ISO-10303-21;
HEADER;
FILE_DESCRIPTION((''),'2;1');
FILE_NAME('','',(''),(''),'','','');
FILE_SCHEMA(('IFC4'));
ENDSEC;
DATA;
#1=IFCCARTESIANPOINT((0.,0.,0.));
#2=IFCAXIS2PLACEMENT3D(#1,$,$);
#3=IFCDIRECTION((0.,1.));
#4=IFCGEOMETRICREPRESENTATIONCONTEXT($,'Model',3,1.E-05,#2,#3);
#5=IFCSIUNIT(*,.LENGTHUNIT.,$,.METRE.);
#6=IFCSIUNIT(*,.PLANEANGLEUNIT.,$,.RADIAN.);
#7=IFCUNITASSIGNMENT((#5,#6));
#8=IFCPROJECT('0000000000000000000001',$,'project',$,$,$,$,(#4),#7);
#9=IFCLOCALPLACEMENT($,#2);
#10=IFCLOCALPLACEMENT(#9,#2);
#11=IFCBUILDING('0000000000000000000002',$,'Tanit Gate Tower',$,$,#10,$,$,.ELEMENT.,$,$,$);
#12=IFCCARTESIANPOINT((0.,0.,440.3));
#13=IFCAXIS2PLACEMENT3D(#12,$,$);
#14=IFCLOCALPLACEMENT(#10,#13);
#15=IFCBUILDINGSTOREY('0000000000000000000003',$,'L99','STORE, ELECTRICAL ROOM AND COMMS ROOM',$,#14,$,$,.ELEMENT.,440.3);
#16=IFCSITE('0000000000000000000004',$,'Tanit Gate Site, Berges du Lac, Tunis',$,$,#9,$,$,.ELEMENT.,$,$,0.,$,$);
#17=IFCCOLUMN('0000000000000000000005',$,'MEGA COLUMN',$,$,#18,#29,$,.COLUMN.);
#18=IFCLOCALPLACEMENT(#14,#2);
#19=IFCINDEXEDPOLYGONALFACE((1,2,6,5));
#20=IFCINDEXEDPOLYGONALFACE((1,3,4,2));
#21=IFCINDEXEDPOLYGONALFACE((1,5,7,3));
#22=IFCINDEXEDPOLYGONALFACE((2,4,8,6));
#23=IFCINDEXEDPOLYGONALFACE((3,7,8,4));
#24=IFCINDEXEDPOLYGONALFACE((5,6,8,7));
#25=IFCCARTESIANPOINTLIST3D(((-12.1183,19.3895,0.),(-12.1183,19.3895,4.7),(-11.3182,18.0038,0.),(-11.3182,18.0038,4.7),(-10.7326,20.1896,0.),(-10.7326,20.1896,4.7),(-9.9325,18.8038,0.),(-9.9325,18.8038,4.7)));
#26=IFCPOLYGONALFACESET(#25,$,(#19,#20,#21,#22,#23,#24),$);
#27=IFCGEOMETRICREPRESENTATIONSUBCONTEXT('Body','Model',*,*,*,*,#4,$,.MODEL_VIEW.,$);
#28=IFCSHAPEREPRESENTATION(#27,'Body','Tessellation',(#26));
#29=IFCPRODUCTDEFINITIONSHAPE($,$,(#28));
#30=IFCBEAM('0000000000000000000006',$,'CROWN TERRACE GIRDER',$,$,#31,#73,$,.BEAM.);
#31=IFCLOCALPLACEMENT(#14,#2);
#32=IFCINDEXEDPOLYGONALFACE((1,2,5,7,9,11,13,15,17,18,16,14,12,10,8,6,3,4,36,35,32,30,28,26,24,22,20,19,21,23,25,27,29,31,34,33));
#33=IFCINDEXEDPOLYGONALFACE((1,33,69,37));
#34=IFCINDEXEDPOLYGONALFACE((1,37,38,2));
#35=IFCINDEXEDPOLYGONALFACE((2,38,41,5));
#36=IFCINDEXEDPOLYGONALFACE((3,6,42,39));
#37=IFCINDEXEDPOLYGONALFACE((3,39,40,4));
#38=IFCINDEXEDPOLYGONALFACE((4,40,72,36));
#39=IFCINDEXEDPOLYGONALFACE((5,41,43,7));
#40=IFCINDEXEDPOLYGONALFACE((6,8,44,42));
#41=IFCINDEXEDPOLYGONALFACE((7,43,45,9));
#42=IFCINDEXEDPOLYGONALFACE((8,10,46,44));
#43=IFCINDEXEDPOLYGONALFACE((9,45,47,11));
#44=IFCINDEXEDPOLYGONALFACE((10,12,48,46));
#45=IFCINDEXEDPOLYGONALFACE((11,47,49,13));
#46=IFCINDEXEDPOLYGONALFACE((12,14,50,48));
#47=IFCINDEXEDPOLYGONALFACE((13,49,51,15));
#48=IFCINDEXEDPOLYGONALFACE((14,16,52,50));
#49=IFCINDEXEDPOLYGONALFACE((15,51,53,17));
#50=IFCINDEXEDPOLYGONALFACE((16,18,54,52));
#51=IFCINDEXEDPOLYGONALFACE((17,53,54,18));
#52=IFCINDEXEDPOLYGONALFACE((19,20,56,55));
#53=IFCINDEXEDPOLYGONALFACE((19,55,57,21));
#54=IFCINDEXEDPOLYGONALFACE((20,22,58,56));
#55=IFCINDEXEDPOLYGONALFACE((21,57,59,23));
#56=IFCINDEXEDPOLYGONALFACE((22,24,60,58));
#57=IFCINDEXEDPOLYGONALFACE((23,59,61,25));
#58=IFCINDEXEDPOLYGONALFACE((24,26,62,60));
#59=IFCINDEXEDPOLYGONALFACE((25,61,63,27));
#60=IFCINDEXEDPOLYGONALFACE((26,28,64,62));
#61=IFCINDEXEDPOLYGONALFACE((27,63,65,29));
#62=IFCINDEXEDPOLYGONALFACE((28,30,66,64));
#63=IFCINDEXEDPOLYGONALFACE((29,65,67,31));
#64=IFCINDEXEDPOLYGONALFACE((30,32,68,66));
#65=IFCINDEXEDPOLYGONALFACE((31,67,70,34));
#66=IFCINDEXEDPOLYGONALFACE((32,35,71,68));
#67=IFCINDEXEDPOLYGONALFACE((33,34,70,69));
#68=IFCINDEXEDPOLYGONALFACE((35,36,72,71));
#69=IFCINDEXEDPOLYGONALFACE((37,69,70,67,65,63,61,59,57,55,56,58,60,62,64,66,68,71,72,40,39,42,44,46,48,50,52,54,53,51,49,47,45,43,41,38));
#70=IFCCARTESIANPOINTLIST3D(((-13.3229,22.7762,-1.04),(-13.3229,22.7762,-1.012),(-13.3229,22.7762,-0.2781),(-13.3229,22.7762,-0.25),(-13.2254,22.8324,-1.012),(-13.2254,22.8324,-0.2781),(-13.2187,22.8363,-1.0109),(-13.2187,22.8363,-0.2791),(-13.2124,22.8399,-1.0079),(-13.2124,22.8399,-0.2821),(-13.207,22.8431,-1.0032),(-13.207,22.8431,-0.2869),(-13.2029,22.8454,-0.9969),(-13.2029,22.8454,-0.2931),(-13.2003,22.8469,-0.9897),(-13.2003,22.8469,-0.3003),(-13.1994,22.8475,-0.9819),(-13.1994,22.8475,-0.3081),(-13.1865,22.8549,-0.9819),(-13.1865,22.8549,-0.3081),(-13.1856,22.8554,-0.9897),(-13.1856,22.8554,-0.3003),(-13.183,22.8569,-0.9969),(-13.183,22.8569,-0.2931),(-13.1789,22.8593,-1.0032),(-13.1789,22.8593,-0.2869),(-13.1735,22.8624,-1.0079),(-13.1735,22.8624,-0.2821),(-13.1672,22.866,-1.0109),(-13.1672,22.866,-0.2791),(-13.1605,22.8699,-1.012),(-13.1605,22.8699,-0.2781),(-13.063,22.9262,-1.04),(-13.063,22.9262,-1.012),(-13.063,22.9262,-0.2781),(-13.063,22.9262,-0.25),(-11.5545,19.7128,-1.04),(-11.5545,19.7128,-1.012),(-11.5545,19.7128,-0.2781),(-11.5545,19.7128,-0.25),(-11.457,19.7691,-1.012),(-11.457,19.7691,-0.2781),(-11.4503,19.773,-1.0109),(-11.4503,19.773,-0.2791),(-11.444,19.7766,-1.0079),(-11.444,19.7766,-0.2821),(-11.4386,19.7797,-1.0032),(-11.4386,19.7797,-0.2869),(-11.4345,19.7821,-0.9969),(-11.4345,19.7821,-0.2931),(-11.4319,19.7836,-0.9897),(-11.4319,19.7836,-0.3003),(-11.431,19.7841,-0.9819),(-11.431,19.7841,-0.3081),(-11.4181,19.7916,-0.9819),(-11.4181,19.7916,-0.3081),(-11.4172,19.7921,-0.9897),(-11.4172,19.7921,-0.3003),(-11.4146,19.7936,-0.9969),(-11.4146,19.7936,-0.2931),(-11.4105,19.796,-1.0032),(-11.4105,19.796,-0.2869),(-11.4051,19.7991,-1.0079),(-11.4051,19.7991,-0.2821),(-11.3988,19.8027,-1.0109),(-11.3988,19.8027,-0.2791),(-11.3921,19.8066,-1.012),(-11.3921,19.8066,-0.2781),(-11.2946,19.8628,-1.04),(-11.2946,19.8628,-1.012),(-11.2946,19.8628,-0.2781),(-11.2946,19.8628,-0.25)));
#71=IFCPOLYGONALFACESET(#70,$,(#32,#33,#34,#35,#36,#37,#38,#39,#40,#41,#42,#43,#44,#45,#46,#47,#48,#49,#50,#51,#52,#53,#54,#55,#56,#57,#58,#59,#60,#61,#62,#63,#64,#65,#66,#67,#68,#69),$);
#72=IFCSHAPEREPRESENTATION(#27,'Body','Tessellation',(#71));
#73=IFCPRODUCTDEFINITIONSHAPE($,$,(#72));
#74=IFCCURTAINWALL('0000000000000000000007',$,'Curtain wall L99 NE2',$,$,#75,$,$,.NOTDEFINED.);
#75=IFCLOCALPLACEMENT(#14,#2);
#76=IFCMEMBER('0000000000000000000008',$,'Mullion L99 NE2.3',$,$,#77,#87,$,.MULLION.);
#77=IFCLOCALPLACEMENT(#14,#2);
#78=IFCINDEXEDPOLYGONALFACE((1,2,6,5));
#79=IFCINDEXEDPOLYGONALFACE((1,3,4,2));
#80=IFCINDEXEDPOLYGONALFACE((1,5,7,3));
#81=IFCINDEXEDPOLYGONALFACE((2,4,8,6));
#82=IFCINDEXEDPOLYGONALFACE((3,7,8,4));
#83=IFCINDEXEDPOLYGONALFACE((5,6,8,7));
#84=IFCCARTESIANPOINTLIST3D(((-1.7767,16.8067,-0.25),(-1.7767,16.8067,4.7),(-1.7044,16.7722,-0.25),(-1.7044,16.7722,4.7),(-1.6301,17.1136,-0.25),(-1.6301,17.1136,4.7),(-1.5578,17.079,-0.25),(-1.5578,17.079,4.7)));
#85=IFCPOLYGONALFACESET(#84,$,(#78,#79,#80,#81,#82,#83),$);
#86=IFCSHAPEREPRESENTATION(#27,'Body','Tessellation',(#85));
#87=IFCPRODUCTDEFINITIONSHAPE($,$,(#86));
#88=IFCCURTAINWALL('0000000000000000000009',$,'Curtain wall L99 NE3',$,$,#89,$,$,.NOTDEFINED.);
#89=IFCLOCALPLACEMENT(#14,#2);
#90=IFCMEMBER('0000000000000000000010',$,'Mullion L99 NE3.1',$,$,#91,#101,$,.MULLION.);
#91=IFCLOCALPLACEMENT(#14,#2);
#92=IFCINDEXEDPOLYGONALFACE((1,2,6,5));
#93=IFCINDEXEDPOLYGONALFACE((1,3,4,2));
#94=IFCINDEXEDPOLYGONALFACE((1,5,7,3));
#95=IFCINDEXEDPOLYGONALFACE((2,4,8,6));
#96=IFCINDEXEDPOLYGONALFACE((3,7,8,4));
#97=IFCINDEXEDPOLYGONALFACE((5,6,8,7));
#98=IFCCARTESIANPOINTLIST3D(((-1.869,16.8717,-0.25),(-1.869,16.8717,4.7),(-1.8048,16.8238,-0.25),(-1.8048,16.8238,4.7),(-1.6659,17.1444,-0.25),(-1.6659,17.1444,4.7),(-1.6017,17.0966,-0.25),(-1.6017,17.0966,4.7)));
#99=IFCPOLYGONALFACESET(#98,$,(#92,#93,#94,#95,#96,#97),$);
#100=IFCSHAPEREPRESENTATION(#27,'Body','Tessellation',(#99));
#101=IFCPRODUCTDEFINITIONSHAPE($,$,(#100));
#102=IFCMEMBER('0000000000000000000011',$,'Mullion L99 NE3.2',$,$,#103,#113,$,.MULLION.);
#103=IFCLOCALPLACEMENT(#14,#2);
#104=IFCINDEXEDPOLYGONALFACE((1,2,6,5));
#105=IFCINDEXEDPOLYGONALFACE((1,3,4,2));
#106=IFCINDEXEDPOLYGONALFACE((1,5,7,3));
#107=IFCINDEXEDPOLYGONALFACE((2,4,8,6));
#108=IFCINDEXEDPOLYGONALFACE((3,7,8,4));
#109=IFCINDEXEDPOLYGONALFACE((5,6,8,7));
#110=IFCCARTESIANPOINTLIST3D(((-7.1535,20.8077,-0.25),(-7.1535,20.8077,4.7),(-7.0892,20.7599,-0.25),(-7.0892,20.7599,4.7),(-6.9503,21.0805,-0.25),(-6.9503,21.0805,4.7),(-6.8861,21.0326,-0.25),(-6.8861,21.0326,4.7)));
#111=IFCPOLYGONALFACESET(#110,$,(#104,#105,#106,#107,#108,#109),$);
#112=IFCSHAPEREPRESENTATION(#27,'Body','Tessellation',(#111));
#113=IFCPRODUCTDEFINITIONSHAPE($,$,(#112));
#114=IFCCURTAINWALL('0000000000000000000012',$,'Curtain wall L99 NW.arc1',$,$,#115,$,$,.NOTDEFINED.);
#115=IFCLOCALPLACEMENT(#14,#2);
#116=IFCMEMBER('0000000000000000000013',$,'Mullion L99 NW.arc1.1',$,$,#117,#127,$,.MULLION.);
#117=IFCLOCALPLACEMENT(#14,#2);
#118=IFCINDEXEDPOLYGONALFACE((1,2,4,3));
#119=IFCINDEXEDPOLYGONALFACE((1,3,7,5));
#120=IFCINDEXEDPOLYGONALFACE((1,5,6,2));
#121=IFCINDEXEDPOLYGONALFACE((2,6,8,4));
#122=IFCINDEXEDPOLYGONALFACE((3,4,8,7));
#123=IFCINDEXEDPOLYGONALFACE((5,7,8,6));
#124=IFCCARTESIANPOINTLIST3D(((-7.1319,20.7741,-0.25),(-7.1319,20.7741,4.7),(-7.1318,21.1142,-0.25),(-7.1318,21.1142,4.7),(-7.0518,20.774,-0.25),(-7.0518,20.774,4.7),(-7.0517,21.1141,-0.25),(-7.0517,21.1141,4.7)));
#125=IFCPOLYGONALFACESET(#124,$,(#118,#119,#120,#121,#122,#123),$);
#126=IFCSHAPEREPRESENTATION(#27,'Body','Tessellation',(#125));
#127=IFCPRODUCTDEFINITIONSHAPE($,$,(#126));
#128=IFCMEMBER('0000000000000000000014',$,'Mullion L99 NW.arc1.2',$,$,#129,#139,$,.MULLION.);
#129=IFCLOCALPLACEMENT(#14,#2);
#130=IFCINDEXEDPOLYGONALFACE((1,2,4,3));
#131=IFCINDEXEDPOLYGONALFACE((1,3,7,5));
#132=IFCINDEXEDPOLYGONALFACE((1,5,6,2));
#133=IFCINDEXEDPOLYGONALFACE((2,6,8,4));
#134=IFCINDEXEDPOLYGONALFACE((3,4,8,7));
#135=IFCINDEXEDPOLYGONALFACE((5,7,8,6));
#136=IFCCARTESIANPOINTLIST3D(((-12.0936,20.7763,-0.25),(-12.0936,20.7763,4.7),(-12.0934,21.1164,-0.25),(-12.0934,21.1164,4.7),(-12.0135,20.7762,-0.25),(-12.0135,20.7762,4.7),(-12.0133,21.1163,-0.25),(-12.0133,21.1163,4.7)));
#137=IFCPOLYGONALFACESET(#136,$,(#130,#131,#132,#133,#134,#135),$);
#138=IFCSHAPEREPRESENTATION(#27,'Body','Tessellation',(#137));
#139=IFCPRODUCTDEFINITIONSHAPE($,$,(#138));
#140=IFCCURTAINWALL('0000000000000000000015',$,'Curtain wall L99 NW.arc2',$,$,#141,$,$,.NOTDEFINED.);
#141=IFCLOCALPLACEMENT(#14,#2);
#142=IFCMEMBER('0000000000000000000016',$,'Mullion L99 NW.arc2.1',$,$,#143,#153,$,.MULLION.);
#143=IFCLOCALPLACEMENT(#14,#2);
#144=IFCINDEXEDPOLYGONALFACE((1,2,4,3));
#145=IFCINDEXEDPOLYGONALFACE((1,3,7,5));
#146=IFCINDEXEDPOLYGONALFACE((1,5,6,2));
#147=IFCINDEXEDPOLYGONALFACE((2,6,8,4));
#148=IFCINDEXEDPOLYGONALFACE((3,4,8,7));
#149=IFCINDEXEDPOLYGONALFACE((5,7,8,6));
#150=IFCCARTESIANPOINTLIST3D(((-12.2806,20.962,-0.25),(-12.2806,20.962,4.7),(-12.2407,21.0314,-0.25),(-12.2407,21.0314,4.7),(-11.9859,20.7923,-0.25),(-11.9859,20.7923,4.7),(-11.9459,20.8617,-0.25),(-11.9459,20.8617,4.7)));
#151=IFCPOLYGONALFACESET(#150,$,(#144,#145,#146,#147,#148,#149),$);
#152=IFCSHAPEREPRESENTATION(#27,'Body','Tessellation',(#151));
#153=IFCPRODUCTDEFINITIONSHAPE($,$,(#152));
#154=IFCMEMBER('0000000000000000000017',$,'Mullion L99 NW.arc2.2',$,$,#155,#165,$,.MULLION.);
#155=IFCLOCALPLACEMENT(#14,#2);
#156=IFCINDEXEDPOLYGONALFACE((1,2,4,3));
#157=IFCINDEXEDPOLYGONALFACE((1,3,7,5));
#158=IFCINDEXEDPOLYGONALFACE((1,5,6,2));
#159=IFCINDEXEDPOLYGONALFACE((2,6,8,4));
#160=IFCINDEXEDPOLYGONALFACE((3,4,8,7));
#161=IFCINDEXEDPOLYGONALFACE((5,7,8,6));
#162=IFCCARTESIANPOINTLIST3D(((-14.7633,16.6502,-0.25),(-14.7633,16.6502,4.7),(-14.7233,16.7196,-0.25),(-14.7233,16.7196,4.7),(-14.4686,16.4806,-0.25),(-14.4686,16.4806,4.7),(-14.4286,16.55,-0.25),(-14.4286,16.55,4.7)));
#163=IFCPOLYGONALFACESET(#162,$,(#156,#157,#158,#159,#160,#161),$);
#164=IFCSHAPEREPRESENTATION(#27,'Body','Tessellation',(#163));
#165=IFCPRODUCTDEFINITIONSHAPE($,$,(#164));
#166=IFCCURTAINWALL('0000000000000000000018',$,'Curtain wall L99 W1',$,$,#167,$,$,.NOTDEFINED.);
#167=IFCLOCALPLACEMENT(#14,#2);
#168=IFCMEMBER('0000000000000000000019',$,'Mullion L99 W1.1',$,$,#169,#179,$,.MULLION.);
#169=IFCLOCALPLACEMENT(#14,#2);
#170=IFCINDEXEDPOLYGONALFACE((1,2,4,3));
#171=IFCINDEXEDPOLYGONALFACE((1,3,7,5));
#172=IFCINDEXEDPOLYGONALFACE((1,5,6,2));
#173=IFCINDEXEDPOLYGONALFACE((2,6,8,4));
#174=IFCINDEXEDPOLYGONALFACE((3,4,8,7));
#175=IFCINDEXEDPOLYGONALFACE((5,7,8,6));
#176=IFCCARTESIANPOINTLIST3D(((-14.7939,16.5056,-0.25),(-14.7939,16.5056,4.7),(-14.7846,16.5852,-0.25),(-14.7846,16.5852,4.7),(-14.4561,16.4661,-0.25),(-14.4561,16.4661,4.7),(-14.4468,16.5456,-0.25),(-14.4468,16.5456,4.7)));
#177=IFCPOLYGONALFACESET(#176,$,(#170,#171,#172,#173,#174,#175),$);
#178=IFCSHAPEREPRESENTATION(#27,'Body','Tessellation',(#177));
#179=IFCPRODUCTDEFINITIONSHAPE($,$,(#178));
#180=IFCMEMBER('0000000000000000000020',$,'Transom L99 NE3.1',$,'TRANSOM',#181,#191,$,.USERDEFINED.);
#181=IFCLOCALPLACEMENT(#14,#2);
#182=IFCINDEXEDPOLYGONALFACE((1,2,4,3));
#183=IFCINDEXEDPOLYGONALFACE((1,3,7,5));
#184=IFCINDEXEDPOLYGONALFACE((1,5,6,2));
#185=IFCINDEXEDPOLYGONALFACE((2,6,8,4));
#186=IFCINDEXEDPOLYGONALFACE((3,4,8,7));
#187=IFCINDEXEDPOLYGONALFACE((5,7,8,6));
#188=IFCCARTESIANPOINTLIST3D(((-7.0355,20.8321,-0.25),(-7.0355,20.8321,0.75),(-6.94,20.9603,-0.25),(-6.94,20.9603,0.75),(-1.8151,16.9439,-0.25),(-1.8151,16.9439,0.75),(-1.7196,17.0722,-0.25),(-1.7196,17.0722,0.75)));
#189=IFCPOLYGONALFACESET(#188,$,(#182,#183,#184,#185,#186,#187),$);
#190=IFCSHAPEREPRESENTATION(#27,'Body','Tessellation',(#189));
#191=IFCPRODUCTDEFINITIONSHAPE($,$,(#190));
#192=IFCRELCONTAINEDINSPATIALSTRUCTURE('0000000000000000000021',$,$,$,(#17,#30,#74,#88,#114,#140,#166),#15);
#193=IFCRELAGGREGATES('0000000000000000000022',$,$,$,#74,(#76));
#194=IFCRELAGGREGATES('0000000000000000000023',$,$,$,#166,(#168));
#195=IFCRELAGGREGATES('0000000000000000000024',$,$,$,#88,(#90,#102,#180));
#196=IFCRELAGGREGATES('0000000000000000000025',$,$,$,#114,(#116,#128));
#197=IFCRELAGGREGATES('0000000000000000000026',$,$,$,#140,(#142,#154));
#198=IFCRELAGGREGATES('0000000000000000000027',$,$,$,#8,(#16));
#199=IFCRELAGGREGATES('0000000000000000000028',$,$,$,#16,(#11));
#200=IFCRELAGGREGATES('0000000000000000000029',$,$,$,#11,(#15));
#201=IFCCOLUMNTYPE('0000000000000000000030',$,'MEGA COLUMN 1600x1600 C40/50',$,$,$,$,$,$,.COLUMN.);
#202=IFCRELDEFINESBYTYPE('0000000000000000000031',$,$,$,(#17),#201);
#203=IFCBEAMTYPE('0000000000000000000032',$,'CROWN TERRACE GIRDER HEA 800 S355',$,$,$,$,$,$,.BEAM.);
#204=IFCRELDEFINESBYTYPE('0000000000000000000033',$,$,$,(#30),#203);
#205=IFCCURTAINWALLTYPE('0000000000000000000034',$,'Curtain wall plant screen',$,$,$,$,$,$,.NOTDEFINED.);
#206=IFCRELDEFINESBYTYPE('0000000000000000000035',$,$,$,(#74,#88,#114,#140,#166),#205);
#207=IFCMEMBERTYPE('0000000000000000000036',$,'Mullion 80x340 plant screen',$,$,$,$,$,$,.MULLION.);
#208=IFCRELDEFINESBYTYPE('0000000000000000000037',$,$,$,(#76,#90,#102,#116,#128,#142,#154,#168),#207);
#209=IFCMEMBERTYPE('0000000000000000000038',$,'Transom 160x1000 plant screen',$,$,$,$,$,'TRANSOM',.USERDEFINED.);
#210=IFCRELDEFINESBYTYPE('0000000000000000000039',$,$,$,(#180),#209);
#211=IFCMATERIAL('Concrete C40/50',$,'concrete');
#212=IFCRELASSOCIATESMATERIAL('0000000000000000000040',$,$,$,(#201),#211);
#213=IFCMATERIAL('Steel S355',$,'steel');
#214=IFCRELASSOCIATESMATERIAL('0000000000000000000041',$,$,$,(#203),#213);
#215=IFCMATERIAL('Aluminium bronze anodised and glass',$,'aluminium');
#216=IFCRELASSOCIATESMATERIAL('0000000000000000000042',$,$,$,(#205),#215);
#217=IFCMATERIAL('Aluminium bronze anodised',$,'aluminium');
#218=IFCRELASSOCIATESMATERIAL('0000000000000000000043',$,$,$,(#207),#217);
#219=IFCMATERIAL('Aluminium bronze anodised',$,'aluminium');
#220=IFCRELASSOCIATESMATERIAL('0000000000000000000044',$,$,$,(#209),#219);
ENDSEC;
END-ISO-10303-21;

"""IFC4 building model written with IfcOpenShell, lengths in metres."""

from ifc_helpers import new_model, si_unit, direction, frame, origin, origin_2d, place, context, subcontext, project, spatial, rectangle, i_section, extrude, material, material_profile, profile_set, type_object, element, aggregate, save


model = new_model("IFC4")

# Units and contexts
model_context = context("Model", 3, precision=1e-05, world=origin(), true_north=direction((0.0, 1.0)))
body_context = subcontext(model_context, "Body", "Model", "MODEL_VIEW")
ifc_project = project(units=[si_unit("LENGTHUNIT", "METRE"), si_unit("PLANEANGLEUNIT", "RADIAN")], contexts=[model_context])

# Site, building, storey
site_placement = place(None, origin())
site = spatial("IfcSite", under=ifc_project, at=site_placement, Name="Tanit Gate Site, Berges du Lac, Tunis", CompositionType="ELEMENT", RefElevation=0.0)
building_placement = place(site_placement, origin())
building = spatial("IfcBuilding", under=site, at=building_placement, Name="Tanit Gate Tower", CompositionType="ELEMENT")
storey_placement = place(building_placement, frame((0.0, 0.0, 440.3)))
storey = spatial("IfcBuildingStorey", under=building, at=storey_placement, Name="L99", Description="STORE, ELECTRICAL ROOM AND COMMS ROOM", CompositionType="ELEMENT", Elevation=440.3)

# Column
ifc_material_1 = material(Name="Concrete C40/50", Category="concrete")
ifc_material_profile_1 = material_profile(ifc_material_1, rectangle(XDim=1.6001, YDim=1.6001, at=origin_2d()), Name="RC 1600x1600")
ifc_profile_set_1 = profile_set([ifc_material_profile_1], Name="Concrete C40/50")
column_type = type_object("IfcColumnType", Name="MEGA COLUMN 1600x1600 C40/50", PredefinedType="COLUMN", material=ifc_profile_set_1)
column_placement = place(storey_placement, frame((-11.0254, 19.0967, 0.0), z_axis=(0.0, 0.0, 1.0), x_axis=(-0.5, 0.866025, 0.0)))
element("IfcColumn", 1, at=column_placement, inside=storey, type_object=column_type, Name="MEGA COLUMN", PredefinedType="COLUMN", context=body_context, shape_type="SweptSolid", body=[
    extrude(rectangle(XDim=1.6001, YDim=1.6001, at=origin_2d()), origin(), (0.0, 0.0, 1.0), 4.7),
])

# Beam
ifc_material_2 = material(Name="Steel S355", Category="steel")
ifc_material_profile_2 = material_profile(ifc_material_2, i_section(OverallWidth=0.3, OverallDepth=0.79, WebThickness=0.0149, FlangeThickness=0.0281, FilletRadius=0.03, at=origin_2d()), Name="HEA 800")
ifc_profile_set_2 = profile_set([ifc_material_profile_2], Name="Steel S355")
beam_type = type_object("IfcBeamType", Name="CROWN TERRACE GIRDER HEA 800 S355", PredefinedType="BEAM", material=ifc_profile_set_2)
beam_placement = place(storey_placement, frame((-11.4246, 19.7878, -0.645), z_axis=(-0.499948, 0.866056, 0.0), x_axis=(-0.866056, -0.499948, 0.0)))
element("IfcBeam", 2, at=beam_placement, inside=storey, type_object=beam_type, Name="CROWN TERRACE GIRDER", PredefinedType="BEAM", context=body_context, shape_type="SweptSolid", body=[
    extrude(i_section(OverallWidth=0.3, OverallDepth=0.79, WebThickness=0.0149, FlangeThickness=0.0281, FilletRadius=0.03, at=origin_2d()), origin(), (0.0, 0.0, 1.0), 3.5371),
])

# Curtain wall, member
ifc_material_3 = material(Name="Aluminium bronze anodised and glass", Category="aluminium")
curtain_wall_type = type_object("IfcCurtainWallType", Name="Curtain wall plant screen", PredefinedType="NOTDEFINED", material=ifc_material_3)
curtain_wall_1_placement = place(storey_placement, origin())
curtain_wall_1 = element("IfcCurtainWall", 3, at=curtain_wall_1_placement, inside=storey, type_object=curtain_wall_type, Name="Curtain wall L99 NE2", PredefinedType="NOTDEFINED")
ifc_material_4 = material(Name="Aluminium bronze anodised", Category="aluminium")
ifc_material_profile_3 = material_profile(ifc_material_4, rectangle(XDim=0.3401, YDim=0.0801, at=origin_2d()), Name="80x340 bronze mullion")
ifc_profile_set_3 = profile_set([ifc_material_profile_3], Name="Aluminium bronze anodised")
member_type_1 = type_object("IfcMemberType", Name="Mullion 80x340 plant screen", PredefinedType="MULLION", material=ifc_profile_set_3)
member_1_placement = place(storey_placement, frame((-1.6672, 16.9429, -0.25), z_axis=(0.0, 0.0, 1.0), x_axis=(-0.431073, -0.902317, 0.0)))
member_1 = element("IfcMember", 4, at=member_1_placement, type_object=member_type_1, Name="Mullion L99 NE2.3", PredefinedType="MULLION", context=body_context, shape_type="SweptSolid", body=[
    extrude(rectangle(XDim=0.3401, YDim=0.0801, at=origin_2d()), origin(), (0.0, 0.0, 1.0), 4.95),
])
aggregate(curtain_wall_1, [member_1])

# Curtain walls, members
curtain_wall_2_placement = place(storey_placement, origin())
curtain_wall_2 = element("IfcCurtainWall", 5, at=curtain_wall_2_placement, inside=storey, type_object=curtain_wall_type, Name="Curtain wall L99 NE3", PredefinedType="NOTDEFINED")
member_2_placement = place(storey_placement, frame((-1.7354, 16.9841, -0.25), z_axis=(0.0, 0.0, 1.0), x_axis=(-0.597341, -0.801988, 0.0)))
member_2 = element("IfcMember", 6, at=member_2_placement, type_object=member_type_1, Name="Mullion L99 NE3.1", PredefinedType="MULLION", context=body_context, shape_type="SweptSolid", body=[
    extrude(rectangle(XDim=0.3401, YDim=0.0801, at=origin_2d()), origin(), (0.0, 0.0, 1.0), 4.95),
])
member_3_placement = place(storey_placement, frame((-7.0198, 20.9202, -0.25), z_axis=(0.0, 0.0, 1.0), x_axis=(-0.597341, -0.801988, 0.0)))
member_3 = element("IfcMember", 7, at=member_3_placement, type_object=member_type_1, Name="Mullion L99 NE3.2", PredefinedType="MULLION", context=body_context, shape_type="SweptSolid", body=[
    extrude(rectangle(XDim=0.3401, YDim=0.0801, at=origin_2d()), origin(), (0.0, 0.0, 1.0), 4.95),
])
curtain_wall_3_placement = place(storey_placement, origin())
curtain_wall_3 = element("IfcCurtainWall", 8, at=curtain_wall_3_placement, inside=storey, type_object=curtain_wall_type, Name="Curtain wall L99 NW.arc1", PredefinedType="NOTDEFINED")
member_4_placement = place(storey_placement, frame((-7.0918, 20.9441, -0.25), z_axis=(0.0, 0.0, 1.0), x_axis=(-0.000471, -1.0, 0.0)))
member_4 = element("IfcMember", 9, at=member_4_placement, type_object=member_type_1, Name="Mullion L99 NW.arc1.1", PredefinedType="MULLION", context=body_context, shape_type="SweptSolid", body=[
    extrude(rectangle(XDim=0.3401, YDim=0.0801, at=origin_2d()), origin(), (0.0, 0.0, 1.0), 4.95),
])
member_5_placement = place(storey_placement, frame((-12.0535, 20.9463, -0.25), z_axis=(0.0, 0.0, 1.0), x_axis=(-0.000471, -1.0, 0.0)))
member_5 = element("IfcMember", 10, at=member_5_placement, type_object=member_type_1, Name="Mullion L99 NW.arc1.2", PredefinedType="MULLION", context=body_context, shape_type="SweptSolid", body=[
    extrude(rectangle(XDim=0.3401, YDim=0.0801, at=origin_2d()), origin(), (0.0, 0.0, 1.0), 4.95),
])
curtain_wall_4_placement = place(storey_placement, origin())
curtain_wall_4 = element("IfcCurtainWall", 11, at=curtain_wall_4_placement, inside=storey, type_object=curtain_wall_type, Name="Curtain wall L99 NW.arc2", PredefinedType="NOTDEFINED")
member_6_placement = place(storey_placement, frame((-12.1133, 20.9119, -0.25), z_axis=(0.0, 0.0, 1.0), x_axis=(0.866624, -0.498961, 0.0)))
member_6 = element("IfcMember", 12, at=member_6_placement, type_object=member_type_1, Name="Mullion L99 NW.arc2.1", PredefinedType="MULLION", context=body_context, shape_type="SweptSolid", body=[
    extrude(rectangle(XDim=0.3401, YDim=0.0801, at=origin_2d()), origin(), (0.0, 0.0, 1.0), 4.95),
])
member_7_placement = place(storey_placement, frame((-14.5959, 16.6001, -0.25), z_axis=(0.0, 0.0, 1.0), x_axis=(0.866624, -0.498961, 0.0)))
member_7 = element("IfcMember", 13, at=member_7_placement, type_object=member_type_1, Name="Mullion L99 NW.arc2.2", PredefinedType="MULLION", context=body_context, shape_type="SweptSolid", body=[
    extrude(rectangle(XDim=0.3401, YDim=0.0801, at=origin_2d()), origin(), (0.0, 0.0, 1.0), 4.95),
])

# Curtain wall, member
curtain_wall_5_placement = place(storey_placement, origin())
curtain_wall_5 = element("IfcCurtainWall", 14, at=curtain_wall_5_placement, inside=storey, type_object=curtain_wall_type, Name="Curtain wall L99 W1", PredefinedType="NOTDEFINED")
member_8_placement = place(storey_placement, frame((-14.6204, 16.5256, -0.25), z_axis=(0.0, 0.0, 1.0), x_axis=(0.993212, -0.116318, 0.0)))
member_8 = element("IfcMember", 15, at=member_8_placement, type_object=member_type_1, Name="Mullion L99 W1.1", PredefinedType="MULLION", context=body_context, shape_type="SweptSolid", body=[
    extrude(rectangle(XDim=0.3401, YDim=0.0801, at=origin_2d()), origin(), (0.0, 0.0, 1.0), 4.95),
])

# Member
ifc_material_5 = material(Name="Aluminium bronze anodised", Category="aluminium")
ifc_material_profile_4 = material_profile(ifc_material_5, rectangle(XDim=0.1599, YDim=1.0, at=origin_2d()), Name="160x1000 bronze transom")
ifc_profile_set_4 = profile_set([ifc_material_profile_4], Name="Aluminium bronze anodised")
member_type_2 = type_object("IfcMemberType", Name="Transom 160x1000 plant screen", ElementType="TRANSOM", PredefinedType="USERDEFINED", material=ifc_profile_set_4)
member_9_placement = place(storey_placement, frame((-1.7673, 17.0081, 0.25), z_axis=(-0.801998, 0.597326, 0.0), x_axis=(-0.597326, -0.801998, 0.0)))
member_9 = element("IfcMember", 16, at=member_9_placement, type_object=member_type_2, Name="Transom L99 NE3.1", ObjectType="TRANSOM", PredefinedType="USERDEFINED", context=body_context, shape_type="SweptSolid", body=[
    extrude(rectangle(XDim=0.1599, YDim=1.0, at=origin_2d()), origin(), (0.0, 0.0, 1.0), 6.5093),
])
aggregate(curtain_wall_5, [member_8])

aggregate(curtain_wall_2, [member_2, member_3, member_9])
aggregate(curtain_wall_3, [member_4, member_5])
aggregate(curtain_wall_4, [member_6, member_7])

save(model, "model.ifc")
